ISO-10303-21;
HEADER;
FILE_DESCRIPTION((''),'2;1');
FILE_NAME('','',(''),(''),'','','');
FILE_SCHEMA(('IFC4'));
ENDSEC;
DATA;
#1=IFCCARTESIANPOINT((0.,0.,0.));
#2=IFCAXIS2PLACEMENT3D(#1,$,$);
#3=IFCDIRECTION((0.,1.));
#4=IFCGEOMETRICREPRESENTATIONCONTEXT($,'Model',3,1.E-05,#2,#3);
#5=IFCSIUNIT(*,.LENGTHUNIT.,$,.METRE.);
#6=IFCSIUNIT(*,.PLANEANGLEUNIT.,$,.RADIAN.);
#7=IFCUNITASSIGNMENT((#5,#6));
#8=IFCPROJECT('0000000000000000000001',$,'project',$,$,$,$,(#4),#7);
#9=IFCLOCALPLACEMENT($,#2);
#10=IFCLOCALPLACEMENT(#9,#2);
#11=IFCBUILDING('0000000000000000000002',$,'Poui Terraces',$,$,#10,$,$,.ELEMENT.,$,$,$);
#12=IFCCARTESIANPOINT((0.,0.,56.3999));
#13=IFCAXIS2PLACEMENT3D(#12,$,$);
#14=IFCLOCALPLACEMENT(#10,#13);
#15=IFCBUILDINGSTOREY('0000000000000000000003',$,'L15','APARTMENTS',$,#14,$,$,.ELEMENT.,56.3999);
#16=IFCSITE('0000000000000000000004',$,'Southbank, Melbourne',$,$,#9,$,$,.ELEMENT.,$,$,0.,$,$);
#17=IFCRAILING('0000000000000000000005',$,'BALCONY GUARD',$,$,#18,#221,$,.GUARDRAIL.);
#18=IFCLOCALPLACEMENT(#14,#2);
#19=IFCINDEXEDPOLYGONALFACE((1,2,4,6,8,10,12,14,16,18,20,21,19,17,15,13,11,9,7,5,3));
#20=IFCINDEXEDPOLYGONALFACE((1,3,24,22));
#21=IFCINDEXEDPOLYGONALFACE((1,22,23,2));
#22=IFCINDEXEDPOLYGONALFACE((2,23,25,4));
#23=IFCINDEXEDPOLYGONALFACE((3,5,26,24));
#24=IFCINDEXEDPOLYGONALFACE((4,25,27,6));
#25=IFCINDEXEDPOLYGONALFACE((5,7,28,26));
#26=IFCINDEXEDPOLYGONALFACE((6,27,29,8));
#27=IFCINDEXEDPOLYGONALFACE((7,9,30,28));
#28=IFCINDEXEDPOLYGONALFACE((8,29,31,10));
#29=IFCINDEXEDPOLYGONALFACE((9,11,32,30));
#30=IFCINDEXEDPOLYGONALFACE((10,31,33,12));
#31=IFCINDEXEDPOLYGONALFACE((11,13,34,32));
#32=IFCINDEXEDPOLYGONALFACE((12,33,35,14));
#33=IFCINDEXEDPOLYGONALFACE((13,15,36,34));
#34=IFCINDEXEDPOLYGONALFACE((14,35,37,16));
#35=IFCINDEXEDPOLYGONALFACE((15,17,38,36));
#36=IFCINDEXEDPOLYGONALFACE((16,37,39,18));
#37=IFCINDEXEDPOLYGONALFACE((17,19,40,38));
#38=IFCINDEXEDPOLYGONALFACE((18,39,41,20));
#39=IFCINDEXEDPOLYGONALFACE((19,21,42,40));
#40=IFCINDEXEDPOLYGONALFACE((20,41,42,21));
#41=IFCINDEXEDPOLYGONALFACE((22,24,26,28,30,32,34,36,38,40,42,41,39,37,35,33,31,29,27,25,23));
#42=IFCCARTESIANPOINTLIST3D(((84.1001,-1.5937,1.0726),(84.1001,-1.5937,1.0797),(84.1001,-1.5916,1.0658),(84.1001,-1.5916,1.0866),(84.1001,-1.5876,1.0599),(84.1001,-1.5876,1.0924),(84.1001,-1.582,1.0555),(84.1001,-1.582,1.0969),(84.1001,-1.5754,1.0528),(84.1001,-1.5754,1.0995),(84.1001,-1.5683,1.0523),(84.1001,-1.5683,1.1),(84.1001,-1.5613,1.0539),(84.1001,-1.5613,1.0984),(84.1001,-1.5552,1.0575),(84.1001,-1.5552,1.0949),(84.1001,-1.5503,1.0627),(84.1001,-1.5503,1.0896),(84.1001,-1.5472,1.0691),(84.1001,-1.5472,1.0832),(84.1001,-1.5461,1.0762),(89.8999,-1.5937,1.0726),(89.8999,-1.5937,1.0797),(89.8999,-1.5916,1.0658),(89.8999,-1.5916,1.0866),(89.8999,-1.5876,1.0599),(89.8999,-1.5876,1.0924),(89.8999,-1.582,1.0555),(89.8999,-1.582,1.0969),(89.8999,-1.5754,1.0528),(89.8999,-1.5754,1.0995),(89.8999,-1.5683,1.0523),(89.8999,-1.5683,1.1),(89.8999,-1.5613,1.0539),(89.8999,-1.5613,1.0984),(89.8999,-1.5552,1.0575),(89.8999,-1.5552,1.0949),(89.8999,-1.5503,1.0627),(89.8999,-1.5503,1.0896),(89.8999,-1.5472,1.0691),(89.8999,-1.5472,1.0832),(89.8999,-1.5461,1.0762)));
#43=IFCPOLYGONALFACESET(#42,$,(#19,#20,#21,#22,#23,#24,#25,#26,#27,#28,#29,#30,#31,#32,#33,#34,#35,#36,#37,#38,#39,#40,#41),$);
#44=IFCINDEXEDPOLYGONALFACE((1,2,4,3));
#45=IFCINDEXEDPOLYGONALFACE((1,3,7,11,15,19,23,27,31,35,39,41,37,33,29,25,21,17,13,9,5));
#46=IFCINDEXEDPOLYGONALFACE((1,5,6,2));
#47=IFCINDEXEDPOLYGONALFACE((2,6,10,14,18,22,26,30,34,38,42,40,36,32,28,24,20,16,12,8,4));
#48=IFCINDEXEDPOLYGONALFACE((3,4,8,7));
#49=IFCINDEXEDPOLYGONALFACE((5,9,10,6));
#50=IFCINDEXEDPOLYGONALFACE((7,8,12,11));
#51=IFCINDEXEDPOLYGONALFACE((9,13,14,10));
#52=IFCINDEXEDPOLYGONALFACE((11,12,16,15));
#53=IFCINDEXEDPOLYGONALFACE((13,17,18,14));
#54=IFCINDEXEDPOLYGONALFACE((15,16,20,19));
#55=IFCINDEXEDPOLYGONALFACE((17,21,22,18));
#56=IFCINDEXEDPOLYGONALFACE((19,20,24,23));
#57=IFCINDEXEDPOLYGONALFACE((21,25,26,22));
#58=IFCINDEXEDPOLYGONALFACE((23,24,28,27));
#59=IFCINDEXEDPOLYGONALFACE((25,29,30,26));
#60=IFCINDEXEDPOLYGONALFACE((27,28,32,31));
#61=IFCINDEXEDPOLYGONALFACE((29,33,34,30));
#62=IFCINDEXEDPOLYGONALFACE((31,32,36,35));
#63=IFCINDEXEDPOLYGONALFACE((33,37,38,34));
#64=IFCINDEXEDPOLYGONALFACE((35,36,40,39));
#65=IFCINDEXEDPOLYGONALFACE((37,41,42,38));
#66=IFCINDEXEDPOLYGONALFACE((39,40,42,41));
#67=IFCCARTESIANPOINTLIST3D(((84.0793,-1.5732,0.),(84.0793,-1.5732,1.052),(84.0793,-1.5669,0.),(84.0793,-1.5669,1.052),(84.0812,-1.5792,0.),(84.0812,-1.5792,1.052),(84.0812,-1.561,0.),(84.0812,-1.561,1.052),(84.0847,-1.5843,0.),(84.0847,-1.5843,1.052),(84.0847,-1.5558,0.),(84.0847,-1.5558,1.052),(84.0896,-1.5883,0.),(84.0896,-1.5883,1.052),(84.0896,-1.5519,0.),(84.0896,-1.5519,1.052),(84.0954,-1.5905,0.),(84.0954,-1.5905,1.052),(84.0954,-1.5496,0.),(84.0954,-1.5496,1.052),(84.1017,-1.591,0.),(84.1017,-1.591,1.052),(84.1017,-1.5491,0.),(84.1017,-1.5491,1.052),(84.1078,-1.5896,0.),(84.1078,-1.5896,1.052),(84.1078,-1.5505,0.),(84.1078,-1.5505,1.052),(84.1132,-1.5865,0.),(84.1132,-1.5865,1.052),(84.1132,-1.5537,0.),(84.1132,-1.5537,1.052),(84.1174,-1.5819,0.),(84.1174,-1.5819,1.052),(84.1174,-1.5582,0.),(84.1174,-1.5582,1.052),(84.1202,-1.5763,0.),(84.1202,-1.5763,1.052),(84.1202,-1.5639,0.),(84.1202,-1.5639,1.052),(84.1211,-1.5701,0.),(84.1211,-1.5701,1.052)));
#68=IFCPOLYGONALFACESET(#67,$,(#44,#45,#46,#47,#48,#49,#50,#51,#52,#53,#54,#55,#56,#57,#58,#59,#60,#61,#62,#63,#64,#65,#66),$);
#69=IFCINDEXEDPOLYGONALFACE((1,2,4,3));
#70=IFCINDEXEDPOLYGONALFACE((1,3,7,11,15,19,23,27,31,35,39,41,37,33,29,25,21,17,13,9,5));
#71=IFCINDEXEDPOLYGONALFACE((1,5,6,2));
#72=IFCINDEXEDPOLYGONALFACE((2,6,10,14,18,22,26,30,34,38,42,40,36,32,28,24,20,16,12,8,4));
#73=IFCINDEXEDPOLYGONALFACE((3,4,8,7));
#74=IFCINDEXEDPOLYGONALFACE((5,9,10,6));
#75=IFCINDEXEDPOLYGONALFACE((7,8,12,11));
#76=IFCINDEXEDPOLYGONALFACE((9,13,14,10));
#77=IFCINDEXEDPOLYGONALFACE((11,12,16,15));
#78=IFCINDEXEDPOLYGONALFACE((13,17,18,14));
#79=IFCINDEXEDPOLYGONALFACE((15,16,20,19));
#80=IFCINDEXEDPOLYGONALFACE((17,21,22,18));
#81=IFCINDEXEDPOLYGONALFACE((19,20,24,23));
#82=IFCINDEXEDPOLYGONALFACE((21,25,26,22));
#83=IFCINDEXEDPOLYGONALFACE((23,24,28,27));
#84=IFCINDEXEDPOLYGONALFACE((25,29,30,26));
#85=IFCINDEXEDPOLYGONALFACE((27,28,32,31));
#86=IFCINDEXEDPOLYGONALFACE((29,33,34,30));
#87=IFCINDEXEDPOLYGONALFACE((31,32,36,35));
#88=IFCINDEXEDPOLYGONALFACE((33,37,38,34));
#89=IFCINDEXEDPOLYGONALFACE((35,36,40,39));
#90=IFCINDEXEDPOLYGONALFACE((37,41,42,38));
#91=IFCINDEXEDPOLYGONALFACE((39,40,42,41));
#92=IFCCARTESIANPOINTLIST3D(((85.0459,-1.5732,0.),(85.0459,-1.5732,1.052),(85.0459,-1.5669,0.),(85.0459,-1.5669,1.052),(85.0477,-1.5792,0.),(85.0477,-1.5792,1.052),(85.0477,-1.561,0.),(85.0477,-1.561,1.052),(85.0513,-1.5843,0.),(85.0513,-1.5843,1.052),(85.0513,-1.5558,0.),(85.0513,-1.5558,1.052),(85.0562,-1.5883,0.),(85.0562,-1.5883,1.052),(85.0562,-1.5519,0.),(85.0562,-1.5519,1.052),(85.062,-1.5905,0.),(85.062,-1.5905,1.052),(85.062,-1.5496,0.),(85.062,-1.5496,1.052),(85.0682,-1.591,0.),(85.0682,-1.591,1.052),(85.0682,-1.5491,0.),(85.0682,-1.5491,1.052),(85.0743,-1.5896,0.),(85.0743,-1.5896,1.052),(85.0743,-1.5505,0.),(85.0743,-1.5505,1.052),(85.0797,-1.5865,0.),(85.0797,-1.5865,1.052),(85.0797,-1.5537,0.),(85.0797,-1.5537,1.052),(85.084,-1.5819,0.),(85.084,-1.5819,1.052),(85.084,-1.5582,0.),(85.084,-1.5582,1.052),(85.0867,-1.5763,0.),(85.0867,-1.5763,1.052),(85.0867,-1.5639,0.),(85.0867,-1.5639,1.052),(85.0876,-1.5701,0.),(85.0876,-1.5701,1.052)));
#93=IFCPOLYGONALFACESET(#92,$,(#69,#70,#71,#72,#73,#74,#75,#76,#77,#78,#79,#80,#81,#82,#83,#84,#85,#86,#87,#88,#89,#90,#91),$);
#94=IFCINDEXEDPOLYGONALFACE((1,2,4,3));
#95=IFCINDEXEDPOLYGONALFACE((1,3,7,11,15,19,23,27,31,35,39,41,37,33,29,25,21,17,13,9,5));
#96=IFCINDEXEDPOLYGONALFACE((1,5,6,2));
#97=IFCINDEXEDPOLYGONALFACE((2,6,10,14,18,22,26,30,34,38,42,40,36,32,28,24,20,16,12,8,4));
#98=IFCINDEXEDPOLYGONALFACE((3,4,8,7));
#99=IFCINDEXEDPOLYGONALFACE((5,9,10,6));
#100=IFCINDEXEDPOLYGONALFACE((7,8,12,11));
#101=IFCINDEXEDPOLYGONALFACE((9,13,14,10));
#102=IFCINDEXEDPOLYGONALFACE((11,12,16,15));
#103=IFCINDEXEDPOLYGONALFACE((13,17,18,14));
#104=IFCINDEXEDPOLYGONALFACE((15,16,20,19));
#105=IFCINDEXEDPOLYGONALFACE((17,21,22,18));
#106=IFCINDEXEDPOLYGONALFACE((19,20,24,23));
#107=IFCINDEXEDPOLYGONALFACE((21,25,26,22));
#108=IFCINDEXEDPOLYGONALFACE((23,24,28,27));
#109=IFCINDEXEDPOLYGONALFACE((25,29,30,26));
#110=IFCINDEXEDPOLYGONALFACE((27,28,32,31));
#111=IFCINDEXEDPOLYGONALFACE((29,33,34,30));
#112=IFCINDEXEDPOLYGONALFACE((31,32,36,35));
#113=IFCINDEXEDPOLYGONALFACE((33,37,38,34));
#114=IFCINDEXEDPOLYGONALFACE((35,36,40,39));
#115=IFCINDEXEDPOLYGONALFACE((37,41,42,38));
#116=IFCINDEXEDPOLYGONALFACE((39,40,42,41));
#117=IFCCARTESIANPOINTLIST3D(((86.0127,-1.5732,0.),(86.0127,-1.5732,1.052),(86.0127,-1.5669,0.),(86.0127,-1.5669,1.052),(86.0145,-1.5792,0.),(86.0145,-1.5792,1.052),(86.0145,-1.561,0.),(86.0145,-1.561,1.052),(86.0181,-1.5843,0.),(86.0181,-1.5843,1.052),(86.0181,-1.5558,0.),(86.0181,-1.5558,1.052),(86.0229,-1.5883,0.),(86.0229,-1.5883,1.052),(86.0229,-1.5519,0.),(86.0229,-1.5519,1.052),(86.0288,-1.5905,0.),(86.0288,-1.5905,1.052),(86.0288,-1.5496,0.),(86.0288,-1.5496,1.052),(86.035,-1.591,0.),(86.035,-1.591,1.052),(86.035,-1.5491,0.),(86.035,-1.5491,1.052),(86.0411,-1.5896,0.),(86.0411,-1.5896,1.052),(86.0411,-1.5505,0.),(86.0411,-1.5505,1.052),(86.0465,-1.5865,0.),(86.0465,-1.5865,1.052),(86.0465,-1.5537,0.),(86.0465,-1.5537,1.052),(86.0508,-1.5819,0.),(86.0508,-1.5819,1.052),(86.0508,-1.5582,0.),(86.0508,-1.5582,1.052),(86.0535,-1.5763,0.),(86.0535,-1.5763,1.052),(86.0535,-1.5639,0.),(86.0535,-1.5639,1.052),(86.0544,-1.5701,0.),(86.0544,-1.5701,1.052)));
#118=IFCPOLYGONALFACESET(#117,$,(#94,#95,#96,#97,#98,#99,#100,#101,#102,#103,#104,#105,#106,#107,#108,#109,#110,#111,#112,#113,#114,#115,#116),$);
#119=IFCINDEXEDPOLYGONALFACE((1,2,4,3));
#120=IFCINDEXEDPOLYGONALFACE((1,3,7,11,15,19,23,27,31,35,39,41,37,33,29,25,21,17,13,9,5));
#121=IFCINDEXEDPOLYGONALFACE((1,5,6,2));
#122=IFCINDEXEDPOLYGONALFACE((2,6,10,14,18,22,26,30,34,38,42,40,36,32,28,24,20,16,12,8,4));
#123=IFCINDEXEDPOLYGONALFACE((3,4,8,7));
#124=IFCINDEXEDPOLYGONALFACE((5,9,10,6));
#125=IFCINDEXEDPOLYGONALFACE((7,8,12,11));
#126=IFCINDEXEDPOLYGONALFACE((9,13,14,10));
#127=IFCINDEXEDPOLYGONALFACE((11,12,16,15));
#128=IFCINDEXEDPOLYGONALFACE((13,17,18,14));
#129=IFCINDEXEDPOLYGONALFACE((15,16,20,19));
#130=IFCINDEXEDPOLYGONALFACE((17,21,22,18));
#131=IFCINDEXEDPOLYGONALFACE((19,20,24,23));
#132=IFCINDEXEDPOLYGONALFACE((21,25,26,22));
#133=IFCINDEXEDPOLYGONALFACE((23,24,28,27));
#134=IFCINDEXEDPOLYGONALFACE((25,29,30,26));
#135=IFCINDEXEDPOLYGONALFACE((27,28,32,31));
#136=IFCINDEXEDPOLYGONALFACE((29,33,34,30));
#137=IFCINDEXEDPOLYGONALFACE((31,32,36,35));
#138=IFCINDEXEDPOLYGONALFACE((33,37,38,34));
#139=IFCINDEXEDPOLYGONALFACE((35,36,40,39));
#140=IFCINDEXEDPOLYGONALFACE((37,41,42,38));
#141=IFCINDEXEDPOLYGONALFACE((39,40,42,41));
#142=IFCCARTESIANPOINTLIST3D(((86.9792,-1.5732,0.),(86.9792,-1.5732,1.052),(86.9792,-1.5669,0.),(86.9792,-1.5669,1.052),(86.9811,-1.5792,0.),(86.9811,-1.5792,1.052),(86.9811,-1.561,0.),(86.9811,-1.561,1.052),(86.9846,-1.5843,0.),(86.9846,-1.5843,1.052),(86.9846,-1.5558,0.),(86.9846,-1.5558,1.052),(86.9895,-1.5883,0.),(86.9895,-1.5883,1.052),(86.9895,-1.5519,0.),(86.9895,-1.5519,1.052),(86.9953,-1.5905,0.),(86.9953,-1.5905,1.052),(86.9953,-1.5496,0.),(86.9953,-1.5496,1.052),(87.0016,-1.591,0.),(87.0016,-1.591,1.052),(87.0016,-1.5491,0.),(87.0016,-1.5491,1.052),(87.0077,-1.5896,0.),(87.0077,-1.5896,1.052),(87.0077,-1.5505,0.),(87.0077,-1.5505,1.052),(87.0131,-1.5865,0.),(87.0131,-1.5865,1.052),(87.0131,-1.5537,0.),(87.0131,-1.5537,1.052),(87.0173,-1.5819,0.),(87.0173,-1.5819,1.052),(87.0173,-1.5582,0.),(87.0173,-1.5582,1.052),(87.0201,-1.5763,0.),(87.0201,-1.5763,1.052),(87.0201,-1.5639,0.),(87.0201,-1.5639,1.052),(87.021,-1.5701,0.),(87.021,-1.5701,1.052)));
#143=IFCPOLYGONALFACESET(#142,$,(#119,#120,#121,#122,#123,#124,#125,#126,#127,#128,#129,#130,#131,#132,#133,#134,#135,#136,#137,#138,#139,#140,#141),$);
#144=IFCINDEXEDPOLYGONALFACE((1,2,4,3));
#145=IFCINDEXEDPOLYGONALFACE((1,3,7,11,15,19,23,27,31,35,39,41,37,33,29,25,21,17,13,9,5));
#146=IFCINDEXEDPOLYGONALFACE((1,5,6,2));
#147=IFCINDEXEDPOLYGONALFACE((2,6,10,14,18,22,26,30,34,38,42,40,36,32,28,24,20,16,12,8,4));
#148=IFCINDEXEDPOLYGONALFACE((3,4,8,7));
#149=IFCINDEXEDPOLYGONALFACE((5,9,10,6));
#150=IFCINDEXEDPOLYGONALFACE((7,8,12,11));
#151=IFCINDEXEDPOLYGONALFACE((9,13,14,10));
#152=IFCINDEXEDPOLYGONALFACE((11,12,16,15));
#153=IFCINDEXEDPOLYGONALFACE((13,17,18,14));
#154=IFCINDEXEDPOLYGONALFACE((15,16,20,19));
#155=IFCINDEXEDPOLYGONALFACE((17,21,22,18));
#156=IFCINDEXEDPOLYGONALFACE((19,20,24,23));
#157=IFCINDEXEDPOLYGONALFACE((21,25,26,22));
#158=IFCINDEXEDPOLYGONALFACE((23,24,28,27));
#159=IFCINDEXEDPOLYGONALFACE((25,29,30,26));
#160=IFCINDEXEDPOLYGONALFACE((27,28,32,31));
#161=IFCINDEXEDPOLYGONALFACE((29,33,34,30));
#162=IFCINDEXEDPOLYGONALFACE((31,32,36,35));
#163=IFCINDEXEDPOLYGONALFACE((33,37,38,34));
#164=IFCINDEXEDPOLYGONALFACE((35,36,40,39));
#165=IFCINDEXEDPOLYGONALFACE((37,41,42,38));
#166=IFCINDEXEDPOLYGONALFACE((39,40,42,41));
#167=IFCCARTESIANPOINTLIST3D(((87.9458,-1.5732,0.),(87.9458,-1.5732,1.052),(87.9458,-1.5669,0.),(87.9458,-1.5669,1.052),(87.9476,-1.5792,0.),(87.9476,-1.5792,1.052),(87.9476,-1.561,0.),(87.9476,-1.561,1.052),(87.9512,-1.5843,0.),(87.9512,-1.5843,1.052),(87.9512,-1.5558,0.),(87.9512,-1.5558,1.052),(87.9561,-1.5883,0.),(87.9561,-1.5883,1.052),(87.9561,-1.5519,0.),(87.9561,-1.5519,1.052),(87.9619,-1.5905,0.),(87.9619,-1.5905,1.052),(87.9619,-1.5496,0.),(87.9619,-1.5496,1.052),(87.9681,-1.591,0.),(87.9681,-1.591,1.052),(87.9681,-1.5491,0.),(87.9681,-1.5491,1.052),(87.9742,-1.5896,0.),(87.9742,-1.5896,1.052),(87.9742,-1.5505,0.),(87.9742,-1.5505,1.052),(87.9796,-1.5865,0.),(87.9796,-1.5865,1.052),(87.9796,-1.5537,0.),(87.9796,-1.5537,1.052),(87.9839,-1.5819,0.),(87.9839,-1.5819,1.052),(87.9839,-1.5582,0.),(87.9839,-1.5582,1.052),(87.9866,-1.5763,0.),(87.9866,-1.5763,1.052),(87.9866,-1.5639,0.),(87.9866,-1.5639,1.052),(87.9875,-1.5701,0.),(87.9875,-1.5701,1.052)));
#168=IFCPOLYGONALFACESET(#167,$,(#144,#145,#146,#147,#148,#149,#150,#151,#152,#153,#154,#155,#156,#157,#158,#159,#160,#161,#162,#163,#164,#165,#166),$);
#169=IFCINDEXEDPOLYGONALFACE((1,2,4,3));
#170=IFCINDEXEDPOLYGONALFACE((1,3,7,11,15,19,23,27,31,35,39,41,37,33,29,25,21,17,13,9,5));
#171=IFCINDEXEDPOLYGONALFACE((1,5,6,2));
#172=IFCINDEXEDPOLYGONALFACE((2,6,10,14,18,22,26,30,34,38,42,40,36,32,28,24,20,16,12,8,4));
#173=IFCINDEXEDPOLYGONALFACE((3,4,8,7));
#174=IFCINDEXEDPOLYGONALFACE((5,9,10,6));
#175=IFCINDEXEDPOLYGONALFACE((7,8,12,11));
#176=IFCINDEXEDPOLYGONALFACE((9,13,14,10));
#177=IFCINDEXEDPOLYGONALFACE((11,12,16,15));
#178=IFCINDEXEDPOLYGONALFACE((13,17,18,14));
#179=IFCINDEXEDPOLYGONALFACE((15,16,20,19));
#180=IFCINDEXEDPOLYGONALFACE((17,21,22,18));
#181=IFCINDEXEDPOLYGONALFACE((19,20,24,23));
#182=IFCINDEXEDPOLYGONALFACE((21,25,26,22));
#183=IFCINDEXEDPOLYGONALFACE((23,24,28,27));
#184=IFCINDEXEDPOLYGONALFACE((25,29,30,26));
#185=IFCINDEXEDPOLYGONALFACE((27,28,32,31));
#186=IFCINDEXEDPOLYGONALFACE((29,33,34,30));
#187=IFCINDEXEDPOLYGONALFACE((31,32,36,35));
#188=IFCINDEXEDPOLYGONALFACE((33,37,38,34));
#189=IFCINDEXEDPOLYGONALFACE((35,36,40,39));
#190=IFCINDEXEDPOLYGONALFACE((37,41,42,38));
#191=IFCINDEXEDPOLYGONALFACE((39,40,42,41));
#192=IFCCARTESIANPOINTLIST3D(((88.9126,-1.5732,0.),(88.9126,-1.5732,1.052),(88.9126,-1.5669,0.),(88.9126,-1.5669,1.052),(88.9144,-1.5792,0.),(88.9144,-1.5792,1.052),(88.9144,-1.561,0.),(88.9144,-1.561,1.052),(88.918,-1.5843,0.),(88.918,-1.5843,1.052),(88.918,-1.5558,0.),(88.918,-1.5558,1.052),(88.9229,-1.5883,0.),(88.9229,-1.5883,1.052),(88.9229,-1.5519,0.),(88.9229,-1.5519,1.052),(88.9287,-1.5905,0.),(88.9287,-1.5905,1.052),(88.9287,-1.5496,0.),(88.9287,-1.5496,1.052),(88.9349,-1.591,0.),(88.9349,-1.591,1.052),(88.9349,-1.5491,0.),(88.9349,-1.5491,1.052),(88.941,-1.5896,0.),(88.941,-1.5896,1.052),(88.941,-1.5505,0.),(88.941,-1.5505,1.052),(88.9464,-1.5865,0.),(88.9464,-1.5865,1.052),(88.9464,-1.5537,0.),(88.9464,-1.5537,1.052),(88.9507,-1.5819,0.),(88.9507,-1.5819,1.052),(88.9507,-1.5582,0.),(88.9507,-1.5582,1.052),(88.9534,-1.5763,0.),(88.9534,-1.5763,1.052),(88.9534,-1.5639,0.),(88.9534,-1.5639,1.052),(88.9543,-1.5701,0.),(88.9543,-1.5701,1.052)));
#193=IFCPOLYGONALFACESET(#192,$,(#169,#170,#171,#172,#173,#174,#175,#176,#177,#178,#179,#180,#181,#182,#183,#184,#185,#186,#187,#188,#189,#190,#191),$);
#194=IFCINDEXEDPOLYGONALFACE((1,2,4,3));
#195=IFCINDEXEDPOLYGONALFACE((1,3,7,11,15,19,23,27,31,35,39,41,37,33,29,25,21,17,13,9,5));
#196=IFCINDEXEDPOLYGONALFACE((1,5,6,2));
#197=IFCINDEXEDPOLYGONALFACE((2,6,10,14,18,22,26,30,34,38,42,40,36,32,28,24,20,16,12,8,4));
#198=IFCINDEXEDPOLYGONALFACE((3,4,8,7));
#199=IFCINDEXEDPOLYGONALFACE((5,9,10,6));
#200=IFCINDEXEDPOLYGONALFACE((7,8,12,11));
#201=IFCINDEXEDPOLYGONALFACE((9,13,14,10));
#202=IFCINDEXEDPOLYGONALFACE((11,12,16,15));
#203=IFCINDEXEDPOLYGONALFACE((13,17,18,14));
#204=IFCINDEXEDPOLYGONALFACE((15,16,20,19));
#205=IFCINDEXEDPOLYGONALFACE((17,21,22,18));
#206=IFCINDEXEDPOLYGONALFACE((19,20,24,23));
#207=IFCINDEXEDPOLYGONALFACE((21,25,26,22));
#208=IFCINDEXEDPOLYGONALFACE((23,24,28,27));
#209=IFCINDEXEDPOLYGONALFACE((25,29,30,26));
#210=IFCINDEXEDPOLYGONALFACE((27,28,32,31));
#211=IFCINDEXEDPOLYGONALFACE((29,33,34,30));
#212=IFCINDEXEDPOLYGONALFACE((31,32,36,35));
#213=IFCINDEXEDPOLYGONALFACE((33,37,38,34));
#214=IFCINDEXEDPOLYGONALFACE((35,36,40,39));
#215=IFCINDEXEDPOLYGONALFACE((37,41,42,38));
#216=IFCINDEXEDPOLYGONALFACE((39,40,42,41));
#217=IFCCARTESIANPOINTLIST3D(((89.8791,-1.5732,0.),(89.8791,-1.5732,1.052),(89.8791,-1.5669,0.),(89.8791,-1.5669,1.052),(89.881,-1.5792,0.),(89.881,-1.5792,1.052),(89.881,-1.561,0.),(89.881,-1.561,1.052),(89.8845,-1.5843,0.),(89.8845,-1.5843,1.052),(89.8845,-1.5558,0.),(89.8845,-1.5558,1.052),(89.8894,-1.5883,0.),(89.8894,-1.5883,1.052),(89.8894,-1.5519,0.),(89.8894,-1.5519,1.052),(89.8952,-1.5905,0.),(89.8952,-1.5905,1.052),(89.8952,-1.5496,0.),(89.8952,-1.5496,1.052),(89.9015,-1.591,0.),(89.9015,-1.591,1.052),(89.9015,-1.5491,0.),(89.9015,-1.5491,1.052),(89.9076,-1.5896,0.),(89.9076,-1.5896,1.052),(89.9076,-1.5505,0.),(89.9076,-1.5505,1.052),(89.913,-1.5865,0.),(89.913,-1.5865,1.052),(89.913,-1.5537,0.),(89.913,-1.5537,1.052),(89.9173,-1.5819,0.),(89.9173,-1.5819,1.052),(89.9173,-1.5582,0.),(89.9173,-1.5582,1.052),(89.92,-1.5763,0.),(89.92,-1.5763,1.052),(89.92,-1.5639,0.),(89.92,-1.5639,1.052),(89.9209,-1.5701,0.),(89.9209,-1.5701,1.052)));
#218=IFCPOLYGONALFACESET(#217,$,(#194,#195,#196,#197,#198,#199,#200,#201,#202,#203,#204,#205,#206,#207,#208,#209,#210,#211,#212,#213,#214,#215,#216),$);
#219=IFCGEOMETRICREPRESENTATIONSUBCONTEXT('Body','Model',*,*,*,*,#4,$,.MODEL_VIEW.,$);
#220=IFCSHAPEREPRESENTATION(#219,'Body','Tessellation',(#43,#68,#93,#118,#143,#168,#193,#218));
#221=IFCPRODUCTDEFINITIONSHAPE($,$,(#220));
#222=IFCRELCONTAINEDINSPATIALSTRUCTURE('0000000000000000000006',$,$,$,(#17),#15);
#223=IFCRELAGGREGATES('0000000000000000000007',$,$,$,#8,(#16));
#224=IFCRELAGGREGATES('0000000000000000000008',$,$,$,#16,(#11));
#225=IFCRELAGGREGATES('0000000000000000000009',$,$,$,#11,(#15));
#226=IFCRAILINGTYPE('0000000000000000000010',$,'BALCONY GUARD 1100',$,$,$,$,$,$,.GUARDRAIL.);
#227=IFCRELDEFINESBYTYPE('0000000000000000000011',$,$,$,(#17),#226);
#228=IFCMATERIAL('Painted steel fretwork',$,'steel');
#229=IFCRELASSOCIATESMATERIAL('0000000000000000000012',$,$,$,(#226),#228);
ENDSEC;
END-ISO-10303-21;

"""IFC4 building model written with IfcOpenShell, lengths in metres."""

from ifc_helpers import new_model, si_unit, direction, frame, origin, origin_2d, place, context, subcontext, project, spatial, circle, extrude, material, type_object, element, save


model = new_model("IFC4")

# Units and contexts
model_context = context("Model", 3, precision=1e-05, world=origin(), true_north=direction((0.0, 1.0)))
body_context = subcontext(model_context, "Body", "Model", "MODEL_VIEW")
ifc_project = project(units=[si_unit("LENGTHUNIT", "METRE"), si_unit("PLANEANGLEUNIT", "RADIAN")], contexts=[model_context])

# Site, building, storey
site_placement = place(None, origin())
site = spatial("IfcSite", under=ifc_project, at=site_placement, Name="Southbank, Melbourne", CompositionType="ELEMENT", RefElevation=0.0)
building_placement = place(site_placement, origin())
building = spatial("IfcBuilding", under=site, at=building_placement, Name="Poui Terraces", CompositionType="ELEMENT")
storey_placement = place(building_placement, frame((0.0, 0.0, 56.3999)))
storey = spatial("IfcBuildingStorey", under=building, at=storey_placement, Name="L15", Description="APARTMENTS", CompositionType="ELEMENT", Elevation=56.3999)

# Railing
ifc_material_1 = material(Name="Painted steel fretwork", Category="steel")
railing_type = type_object("IfcRailingType", Name="BALCONY GUARD 1100", PredefinedType="GUARDRAIL", material=ifc_material_1)
railing_placement = place(storey_placement, frame((84.1001, -1.5701, 0.0)))
element("IfcRailing", 1, at=railing_placement, inside=storey, type_object=railing_type, Name="BALCONY GUARD", PredefinedType="GUARDRAIL", context=body_context, shape_type="SweptSolid", body=[
    extrude(circle(Radius=0.0239, at=origin_2d()), frame((0.0, 0.0, 1.0762), z_axis=(1.0, 0.0, 0.0), x_axis=(0.0, 1.0, 0.0)), (0.0, 0.0, 1.0), 5.7998),
    extrude(circle(Radius=0.021, at=origin_2d()), origin(), (0.0, 0.0, 1.0), 1.052),
    extrude(circle(Radius=0.021, at=origin_2d()), frame((0.9666, 0.0, 0.0)), (0.0, 0.0, 1.0), 1.052),
    extrude(circle(Radius=0.021, at=origin_2d()), frame((1.9333, 0.0, 0.0)), (0.0, 0.0, 1.0), 1.052),
    extrude(circle(Radius=0.021, at=origin_2d()), frame((2.8999, 0.0, 0.0)), (0.0, 0.0, 1.0), 1.052),
    extrude(circle(Radius=0.021, at=origin_2d()), frame((3.8665, 0.0, 0.0)), (0.0, 0.0, 1.0), 1.052),
    extrude(circle(Radius=0.021, at=origin_2d()), frame((4.8333, 0.0, 0.0)), (0.0, 0.0, 1.0), 1.052),
    extrude(circle(Radius=0.021, at=origin_2d()), frame((5.7998, 0.0, 0.0)), (0.0, 0.0, 1.0), 1.052),
])

save(model, "model.ifc")
